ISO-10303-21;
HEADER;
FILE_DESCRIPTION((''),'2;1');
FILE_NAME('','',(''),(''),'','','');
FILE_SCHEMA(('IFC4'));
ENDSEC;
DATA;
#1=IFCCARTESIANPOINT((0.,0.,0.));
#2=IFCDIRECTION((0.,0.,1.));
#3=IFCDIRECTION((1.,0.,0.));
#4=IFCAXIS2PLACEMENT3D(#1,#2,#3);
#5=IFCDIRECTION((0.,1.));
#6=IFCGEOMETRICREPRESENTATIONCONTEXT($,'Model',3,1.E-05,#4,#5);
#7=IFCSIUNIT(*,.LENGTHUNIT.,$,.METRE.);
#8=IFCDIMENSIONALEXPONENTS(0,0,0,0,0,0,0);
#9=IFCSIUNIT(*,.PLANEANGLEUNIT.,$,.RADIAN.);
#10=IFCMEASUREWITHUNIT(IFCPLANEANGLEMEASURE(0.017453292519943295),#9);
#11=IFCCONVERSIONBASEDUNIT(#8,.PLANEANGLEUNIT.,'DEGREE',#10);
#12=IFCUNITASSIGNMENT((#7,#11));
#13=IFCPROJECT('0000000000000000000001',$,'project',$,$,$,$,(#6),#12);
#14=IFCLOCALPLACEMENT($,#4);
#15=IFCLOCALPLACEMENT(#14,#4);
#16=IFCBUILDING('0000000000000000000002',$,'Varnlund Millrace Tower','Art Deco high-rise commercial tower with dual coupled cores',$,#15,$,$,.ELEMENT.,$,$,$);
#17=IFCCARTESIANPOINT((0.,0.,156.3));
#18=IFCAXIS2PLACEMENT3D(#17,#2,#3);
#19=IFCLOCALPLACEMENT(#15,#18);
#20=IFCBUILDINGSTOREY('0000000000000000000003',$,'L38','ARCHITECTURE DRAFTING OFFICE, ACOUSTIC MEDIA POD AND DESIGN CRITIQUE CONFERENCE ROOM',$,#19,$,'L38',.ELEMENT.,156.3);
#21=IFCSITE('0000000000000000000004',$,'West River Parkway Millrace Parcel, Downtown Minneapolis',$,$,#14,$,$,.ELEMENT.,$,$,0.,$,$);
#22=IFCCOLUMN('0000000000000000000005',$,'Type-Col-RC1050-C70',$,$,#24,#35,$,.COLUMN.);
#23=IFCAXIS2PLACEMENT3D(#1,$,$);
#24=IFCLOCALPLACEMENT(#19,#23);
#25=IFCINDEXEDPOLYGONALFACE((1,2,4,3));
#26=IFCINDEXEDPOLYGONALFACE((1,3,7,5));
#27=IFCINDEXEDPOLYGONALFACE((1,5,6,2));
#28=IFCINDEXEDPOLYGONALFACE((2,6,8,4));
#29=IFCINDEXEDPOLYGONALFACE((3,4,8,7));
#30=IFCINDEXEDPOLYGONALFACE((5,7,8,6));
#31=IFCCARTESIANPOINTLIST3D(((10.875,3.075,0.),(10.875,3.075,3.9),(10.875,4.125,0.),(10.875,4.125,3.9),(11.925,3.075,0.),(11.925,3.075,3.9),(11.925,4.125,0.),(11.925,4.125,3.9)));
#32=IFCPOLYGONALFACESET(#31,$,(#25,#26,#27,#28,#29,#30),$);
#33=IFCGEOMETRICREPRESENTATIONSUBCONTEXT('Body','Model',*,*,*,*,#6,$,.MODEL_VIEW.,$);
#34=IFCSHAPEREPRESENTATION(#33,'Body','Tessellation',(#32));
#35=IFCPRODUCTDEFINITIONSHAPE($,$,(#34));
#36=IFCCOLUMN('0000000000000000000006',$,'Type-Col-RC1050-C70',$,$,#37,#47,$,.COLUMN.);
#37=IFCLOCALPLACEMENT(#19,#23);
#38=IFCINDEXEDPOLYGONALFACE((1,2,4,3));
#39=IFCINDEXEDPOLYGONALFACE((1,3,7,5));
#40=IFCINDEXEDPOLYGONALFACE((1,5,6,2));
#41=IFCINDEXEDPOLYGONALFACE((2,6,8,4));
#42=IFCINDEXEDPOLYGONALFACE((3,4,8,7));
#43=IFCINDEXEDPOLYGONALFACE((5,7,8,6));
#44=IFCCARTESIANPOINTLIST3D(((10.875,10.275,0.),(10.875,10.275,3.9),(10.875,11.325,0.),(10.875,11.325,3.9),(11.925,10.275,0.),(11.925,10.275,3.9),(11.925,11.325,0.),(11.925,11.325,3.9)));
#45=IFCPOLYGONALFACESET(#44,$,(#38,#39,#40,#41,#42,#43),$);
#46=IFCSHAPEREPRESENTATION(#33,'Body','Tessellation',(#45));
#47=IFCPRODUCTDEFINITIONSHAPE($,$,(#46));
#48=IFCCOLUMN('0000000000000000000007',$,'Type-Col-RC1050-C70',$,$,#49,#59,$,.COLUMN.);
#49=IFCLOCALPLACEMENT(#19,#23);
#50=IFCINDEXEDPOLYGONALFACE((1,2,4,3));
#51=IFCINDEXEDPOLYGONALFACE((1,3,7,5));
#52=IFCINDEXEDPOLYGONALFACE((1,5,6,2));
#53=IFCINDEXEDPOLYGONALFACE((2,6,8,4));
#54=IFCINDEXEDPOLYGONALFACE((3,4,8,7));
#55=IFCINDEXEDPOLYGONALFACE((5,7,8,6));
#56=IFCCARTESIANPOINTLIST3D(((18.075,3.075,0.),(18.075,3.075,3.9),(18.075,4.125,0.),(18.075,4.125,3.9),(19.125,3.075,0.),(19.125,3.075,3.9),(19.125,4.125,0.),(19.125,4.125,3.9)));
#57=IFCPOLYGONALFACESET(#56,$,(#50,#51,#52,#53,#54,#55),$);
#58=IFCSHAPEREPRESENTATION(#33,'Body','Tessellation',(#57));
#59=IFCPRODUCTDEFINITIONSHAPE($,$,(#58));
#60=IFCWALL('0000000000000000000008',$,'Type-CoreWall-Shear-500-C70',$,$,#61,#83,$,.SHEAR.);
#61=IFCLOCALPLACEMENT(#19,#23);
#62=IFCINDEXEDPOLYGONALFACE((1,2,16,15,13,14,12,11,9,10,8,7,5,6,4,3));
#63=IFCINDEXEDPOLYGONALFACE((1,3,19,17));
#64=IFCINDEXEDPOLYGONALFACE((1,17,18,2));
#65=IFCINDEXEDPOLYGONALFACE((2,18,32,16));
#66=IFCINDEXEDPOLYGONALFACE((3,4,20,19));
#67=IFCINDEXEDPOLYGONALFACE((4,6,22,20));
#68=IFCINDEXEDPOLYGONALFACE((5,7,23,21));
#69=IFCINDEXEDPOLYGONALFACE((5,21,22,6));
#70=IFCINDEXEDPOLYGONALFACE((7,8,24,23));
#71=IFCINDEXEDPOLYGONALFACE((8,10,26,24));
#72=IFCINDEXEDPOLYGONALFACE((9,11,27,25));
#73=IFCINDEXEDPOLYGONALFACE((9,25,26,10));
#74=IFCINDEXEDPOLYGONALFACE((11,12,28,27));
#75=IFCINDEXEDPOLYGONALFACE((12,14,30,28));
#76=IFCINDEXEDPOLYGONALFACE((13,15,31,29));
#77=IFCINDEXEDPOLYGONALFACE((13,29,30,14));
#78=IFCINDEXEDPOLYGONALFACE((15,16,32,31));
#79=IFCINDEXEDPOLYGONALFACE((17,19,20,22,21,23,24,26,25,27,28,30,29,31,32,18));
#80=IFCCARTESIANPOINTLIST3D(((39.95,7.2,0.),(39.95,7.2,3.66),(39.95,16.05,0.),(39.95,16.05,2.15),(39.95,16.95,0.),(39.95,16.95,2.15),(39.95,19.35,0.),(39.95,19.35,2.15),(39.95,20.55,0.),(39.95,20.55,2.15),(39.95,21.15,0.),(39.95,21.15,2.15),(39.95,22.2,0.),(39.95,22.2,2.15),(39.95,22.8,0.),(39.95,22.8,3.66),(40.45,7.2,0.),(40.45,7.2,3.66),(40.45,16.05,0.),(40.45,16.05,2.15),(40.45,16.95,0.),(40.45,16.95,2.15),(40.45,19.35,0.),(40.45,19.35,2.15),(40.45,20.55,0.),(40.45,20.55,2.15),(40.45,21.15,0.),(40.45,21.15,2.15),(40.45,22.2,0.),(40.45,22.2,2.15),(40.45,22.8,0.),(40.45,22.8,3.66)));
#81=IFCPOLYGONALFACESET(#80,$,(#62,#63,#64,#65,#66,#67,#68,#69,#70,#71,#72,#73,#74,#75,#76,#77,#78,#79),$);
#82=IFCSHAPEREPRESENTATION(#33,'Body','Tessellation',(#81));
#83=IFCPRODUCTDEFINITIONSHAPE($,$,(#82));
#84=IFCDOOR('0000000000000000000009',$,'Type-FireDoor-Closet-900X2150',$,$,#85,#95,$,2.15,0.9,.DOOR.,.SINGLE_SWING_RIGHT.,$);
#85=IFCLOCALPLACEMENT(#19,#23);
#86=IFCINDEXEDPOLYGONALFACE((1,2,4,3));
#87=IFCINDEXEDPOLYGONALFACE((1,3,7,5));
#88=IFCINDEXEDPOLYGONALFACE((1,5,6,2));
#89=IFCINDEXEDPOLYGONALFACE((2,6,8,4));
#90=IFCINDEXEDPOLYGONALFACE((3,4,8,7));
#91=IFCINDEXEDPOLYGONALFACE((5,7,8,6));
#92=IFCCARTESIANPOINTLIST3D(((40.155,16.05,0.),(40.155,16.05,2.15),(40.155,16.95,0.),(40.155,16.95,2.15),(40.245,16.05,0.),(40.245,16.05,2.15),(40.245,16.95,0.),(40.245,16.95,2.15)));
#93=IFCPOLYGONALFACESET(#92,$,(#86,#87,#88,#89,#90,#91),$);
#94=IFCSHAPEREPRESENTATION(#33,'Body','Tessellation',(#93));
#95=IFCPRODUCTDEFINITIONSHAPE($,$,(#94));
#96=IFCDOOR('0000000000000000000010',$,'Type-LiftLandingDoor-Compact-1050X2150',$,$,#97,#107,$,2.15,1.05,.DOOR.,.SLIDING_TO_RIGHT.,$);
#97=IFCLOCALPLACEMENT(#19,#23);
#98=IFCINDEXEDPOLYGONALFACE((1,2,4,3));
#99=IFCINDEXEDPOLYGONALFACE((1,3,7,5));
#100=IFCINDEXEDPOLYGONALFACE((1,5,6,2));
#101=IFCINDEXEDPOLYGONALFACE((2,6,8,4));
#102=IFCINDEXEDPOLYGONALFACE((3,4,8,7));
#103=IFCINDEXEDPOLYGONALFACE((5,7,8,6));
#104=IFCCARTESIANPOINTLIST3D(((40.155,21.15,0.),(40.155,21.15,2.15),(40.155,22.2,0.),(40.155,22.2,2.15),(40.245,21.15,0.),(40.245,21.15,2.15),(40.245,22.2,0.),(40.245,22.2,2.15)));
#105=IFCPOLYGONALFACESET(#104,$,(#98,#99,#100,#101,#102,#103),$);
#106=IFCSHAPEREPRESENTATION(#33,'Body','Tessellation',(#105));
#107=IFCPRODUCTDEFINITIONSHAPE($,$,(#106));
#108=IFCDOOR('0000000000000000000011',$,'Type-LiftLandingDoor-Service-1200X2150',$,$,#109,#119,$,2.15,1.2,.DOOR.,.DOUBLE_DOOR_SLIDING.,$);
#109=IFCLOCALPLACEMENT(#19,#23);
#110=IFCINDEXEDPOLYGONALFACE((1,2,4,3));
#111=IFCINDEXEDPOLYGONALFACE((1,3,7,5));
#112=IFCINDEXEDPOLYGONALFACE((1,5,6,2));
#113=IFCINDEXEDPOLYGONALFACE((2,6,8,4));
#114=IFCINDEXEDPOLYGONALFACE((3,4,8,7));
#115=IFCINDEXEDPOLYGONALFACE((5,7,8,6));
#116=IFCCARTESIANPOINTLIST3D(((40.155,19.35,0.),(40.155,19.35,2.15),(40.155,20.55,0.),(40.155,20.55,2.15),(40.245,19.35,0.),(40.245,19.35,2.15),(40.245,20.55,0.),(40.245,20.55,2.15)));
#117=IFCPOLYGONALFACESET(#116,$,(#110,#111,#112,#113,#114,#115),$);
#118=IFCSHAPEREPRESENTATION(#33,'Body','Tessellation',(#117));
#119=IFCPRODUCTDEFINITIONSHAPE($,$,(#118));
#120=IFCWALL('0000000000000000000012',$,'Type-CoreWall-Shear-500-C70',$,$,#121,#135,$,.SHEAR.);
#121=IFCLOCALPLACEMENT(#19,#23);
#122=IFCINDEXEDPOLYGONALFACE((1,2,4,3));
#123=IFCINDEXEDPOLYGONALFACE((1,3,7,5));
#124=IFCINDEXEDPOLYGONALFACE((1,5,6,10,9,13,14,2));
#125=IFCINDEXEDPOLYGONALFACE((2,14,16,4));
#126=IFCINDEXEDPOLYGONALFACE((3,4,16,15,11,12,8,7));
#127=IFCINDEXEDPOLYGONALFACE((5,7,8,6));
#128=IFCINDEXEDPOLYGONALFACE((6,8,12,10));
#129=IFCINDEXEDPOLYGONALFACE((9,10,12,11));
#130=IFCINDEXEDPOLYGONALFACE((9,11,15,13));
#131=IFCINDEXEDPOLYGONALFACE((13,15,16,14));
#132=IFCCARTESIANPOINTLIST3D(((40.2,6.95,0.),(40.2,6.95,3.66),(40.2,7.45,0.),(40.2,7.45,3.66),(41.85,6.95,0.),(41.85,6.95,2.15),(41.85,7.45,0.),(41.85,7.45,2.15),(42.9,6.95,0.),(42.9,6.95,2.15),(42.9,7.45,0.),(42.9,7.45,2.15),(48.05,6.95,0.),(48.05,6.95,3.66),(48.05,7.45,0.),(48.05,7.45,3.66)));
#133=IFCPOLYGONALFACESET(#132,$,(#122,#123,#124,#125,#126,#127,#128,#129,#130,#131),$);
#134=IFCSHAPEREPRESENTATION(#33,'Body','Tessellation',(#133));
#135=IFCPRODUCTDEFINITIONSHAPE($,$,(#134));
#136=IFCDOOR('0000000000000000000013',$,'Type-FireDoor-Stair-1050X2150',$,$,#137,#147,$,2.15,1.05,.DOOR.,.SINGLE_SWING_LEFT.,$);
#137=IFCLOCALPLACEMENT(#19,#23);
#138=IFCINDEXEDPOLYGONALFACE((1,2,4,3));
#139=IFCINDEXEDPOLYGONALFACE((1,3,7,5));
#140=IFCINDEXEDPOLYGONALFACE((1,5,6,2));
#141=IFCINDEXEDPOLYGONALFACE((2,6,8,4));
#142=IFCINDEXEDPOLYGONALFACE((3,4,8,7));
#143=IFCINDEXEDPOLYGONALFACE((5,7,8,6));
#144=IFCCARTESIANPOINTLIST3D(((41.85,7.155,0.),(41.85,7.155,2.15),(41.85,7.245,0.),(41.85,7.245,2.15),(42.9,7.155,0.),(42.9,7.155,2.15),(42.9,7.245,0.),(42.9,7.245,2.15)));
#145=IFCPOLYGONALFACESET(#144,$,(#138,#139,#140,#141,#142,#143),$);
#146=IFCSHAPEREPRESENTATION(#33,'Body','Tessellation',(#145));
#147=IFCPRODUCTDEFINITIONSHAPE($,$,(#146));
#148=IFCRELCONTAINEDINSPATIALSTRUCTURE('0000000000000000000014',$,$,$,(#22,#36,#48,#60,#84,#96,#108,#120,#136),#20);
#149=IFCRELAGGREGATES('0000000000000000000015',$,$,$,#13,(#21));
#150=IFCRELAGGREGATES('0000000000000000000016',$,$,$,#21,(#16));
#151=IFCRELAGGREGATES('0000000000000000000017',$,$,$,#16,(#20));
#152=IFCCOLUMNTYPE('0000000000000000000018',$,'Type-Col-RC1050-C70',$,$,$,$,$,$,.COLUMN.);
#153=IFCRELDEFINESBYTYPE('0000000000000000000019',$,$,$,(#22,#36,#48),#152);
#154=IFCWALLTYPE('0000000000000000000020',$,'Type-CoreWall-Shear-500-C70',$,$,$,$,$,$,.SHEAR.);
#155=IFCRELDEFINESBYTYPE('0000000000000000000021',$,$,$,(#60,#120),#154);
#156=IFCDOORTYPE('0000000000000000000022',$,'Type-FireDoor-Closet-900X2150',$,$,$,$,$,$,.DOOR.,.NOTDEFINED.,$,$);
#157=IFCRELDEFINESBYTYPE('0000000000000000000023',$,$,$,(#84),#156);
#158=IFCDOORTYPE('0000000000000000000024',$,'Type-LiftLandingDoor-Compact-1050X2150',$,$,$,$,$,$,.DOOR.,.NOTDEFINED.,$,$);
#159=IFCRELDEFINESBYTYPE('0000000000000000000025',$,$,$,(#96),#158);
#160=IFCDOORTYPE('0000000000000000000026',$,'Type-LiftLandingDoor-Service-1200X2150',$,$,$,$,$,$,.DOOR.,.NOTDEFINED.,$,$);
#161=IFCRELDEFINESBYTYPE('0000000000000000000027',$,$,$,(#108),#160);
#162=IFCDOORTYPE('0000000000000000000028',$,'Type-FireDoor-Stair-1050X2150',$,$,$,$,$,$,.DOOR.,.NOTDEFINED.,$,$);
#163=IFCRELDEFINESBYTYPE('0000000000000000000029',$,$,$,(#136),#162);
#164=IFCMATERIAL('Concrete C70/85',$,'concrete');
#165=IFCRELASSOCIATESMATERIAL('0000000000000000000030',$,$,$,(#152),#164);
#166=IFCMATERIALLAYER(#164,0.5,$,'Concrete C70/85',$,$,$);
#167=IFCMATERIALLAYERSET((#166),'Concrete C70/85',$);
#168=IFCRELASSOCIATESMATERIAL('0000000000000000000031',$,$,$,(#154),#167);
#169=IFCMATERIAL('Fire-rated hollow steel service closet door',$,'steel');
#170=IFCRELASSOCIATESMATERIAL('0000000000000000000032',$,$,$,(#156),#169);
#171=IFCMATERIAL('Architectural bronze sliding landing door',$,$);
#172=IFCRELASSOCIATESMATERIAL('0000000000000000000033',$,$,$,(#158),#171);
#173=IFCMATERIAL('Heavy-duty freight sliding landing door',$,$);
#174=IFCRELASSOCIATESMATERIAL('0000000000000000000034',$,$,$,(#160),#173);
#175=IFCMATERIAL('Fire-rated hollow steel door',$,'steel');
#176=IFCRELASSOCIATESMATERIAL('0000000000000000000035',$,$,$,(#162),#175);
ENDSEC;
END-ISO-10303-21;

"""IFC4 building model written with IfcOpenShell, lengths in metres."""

from ifc_helpers import new_model, entity, si_unit, converted_unit, direction, frame, origin_with_axes, origin_2d_with_axis, place, context, subcontext, project, spatial, polyline, rectangle, outline, extrude, material, layer, layer_set, material_profile, profile_set, type_object, element, fill, save


model = new_model("IFC4")

# Units and contexts
model_context = context("Model", 3, precision=1e-05, world=origin_with_axes(), true_north=direction((0.0, 1.0)))
body_context = subcontext(model_context, "Body", "Model", "MODEL_VIEW")
ifc_project = project(units=[si_unit("LENGTHUNIT", "METRE"), converted_unit("PLANEANGLEUNIT", "DEGREE", entity("IfcPlaneAngleMeasure", 0.017453292519943295), si_unit("PLANEANGLEUNIT", "RADIAN"), dimensions=[0, 0, 0, 0, 0, 0, 0])], contexts=[model_context])

# Site, building, storey
site_placement = place(None, origin_with_axes())
site = spatial("IfcSite", under=ifc_project, at=site_placement, Name="West River Parkway Millrace Parcel, Downtown Minneapolis", CompositionType="ELEMENT", RefElevation=0.0)
building_placement = place(site_placement, origin_with_axes())
building = spatial("IfcBuilding", under=site, at=building_placement, Name="Varnlund Millrace Tower", Description="Art Deco high-rise commercial tower with dual coupled cores", CompositionType="ELEMENT")
storey_placement = place(building_placement, frame((0.0, 0.0, 156.3), z_axis=(0.0, 0.0, 1.0), x_axis=(1.0, 0.0, 0.0)))
storey = spatial("IfcBuildingStorey", under=building, at=storey_placement, Name="L38", Description="ARCHITECTURE DRAFTING OFFICE, ACOUSTIC MEDIA POD AND DESIGN CRITIQUE CONFERENCE ROOM", LongName="L38", CompositionType="ELEMENT", Elevation=156.3)

# Columns
ifc_material_1 = material(Name="Concrete C70/85", Category="concrete")
ifc_material_profile = material_profile(ifc_material_1, rectangle(XDim=1.05, YDim=1.05, at=origin_2d_with_axis()), Name="Concrete C70/85")
ifc_profile_set = profile_set([ifc_material_profile], Name="Concrete C70/85")
column_type = type_object("IfcColumnType", Name="Type-Col-RC1050-C70", PredefinedType="COLUMN", material=ifc_profile_set)
for number, where, z_axis, x_axis, name in (
    (1, (11.4, 3.6, 0.0), (0.0, 0.0, 1.0), (1.0, 0.0, 0.0), "Type-Col-RC1050-C70"),
    (2, (11.4, 10.8, 0.0), (0.0, 0.0, 1.0), (1.0, 0.0, 0.0), "Type-Col-RC1050-C70"),
    (3, (18.6, 3.6, 0.0), (0.0, 0.0, 1.0), (1.0, 0.0, 0.0), "Type-Col-RC1050-C70"),
):
    element("IfcColumn", number, at=place(storey_placement, frame(where, z_axis=z_axis, x_axis=x_axis)), inside=storey, type_object=column_type, Name=name, PredefinedType="COLUMN", context=body_context, shape_type="SweptSolid", body=[
        extrude(rectangle(XDim=1.05, YDim=1.05, at=origin_2d_with_axis()), origin_with_axes(), (0.0, 0.0, 1.0), 3.9),
    ])

# Wall, openings, doors
ifc_layer_1 = layer(ifc_material_1, 0.5, Name="Concrete C70/85")
ifc_layer_set_1 = layer_set([ifc_layer_1], Name="Concrete C70/85")
wall_type_1 = type_object("IfcWallType", Name="Type-CoreWall-Shear-500-C70", PredefinedType="SHEAR", material=ifc_layer_set_1)
wall_1_placement = place(storey_placement, frame((40.2, 7.2, 0.0), z_axis=(0.0, 0.0, 1.0), x_axis=(0.0, 1.0, 0.0)))
wall_1 = element("IfcWall", 4, at=wall_1_placement, inside=storey, type_object=wall_type_1, Name="Type-CoreWall-Shear-500-C70", PredefinedType="SHEAR", context=body_context, shape_type="SweptSolid", body=[
    extrude(outline(polyline([(0.0, -0.25), (15.6, -0.25), (15.6, 0.25), (0.0, 0.25), (0.0, -0.25)])), origin_with_axes(), (0.0, 0.0, 1.0), 3.66),
])
opening_1_placement = place(wall_1_placement, frame((14.475, 0.0, 0.0), z_axis=(0.0, 0.0, 1.0), x_axis=(1.0, 0.0, 0.0)))
opening_1 = element("IfcOpeningElement", 5, at=opening_1_placement, cuts=wall_1, PredefinedType="OPENING", context=body_context, shape_type="SweptSolid", body=[
    extrude(rectangle(XDim=1.05, YDim=0.52, at=origin_2d_with_axis()), origin_with_axes(), (0.0, 0.0, 1.0), 2.15),
])
opening_2_placement = place(wall_1_placement, frame((12.75, 0.0, 0.0), z_axis=(0.0, 0.0, 1.0), x_axis=(1.0, 0.0, 0.0)))
opening_2 = element("IfcOpeningElement", 6, at=opening_2_placement, cuts=wall_1, PredefinedType="OPENING", context=body_context, shape_type="SweptSolid", body=[
    extrude(rectangle(XDim=1.2, YDim=0.52, at=origin_2d_with_axis()), origin_with_axes(), (0.0, 0.0, 1.0), 2.15),
])
opening_3_placement = place(wall_1_placement, frame((9.3, 0.0, 0.0), z_axis=(0.0, 0.0, 1.0), x_axis=(1.0, 0.0, 0.0)))
opening_3 = element("IfcOpeningElement", 7, at=opening_3_placement, cuts=wall_1, PredefinedType="OPENING", context=body_context, shape_type="SweptSolid", body=[
    extrude(rectangle(XDim=0.9, YDim=0.52, at=origin_2d_with_axis()), origin_with_axes(), (0.0, 0.0, 1.0), 2.15),
])
ifc_material_2 = material(Name="Fire-rated hollow steel service closet door", Category="steel")
door_type_1 = type_object("IfcDoorType", Name="Type-FireDoor-Closet-900X2150", OperationType="NOTDEFINED", PredefinedType="DOOR", material=ifc_material_2)
door_1_placement = place(wall_1_placement, frame((9.3, 0.0, 0.0), z_axis=(0.0, 0.0, 1.0), x_axis=(1.0, 0.0, 0.0)))
door_1 = element("IfcDoor", 8, at=door_1_placement, inside=storey, type_object=door_type_1, Name="Type-FireDoor-Closet-900X2150", OperationType="SINGLE_SWING_RIGHT", OverallHeight=2.15, OverallWidth=0.9, PredefinedType="DOOR", context=body_context, shape_type="SweptSolid", body=[
    extrude(rectangle(XDim=0.9, YDim=0.09, at=origin_2d_with_axis()), origin_with_axes(), (0.0, 0.0, 1.0), 2.15),
])
fill(opening_3, door_1)
ifc_material_3 = material(Name="Architectural bronze sliding landing door")
door_type_2 = type_object("IfcDoorType", Name="Type-LiftLandingDoor-Compact-1050X2150", OperationType="NOTDEFINED", PredefinedType="DOOR", material=ifc_material_3)
door_2_placement = place(wall_1_placement, frame((14.475, 0.0, 0.0), z_axis=(0.0, 0.0, 1.0), x_axis=(1.0, 0.0, 0.0)))
door_2 = element("IfcDoor", 9, at=door_2_placement, inside=storey, type_object=door_type_2, Name="Type-LiftLandingDoor-Compact-1050X2150", OperationType="SLIDING_TO_RIGHT", OverallHeight=2.15, OverallWidth=1.05, PredefinedType="DOOR", context=body_context, shape_type="SweptSolid", body=[
    extrude(rectangle(XDim=1.05, YDim=0.09, at=origin_2d_with_axis()), origin_with_axes(), (0.0, 0.0, 1.0), 2.15),
])
fill(opening_1, door_2)
ifc_material_4 = material(Name="Heavy-duty freight sliding landing door")
door_type_3 = type_object("IfcDoorType", Name="Type-LiftLandingDoor-Service-1200X2150", OperationType="NOTDEFINED", PredefinedType="DOOR", material=ifc_material_4)
door_3_placement = place(wall_1_placement, frame((12.75, 0.0, 0.0), z_axis=(0.0, 0.0, 1.0), x_axis=(1.0, 0.0, 0.0)))
door_3 = element("IfcDoor", 10, at=door_3_placement, inside=storey, type_object=door_type_3, Name="Type-LiftLandingDoor-Service-1200X2150", OperationType="DOUBLE_DOOR_SLIDING", OverallHeight=2.15, OverallWidth=1.2, PredefinedType="DOOR", context=body_context, shape_type="SweptSolid", body=[
    extrude(rectangle(XDim=1.2, YDim=0.09, at=origin_2d_with_axis()), origin_with_axes(), (0.0, 0.0, 1.0), 2.15),
])
fill(opening_2, door_3)

# Wall, opening, door
wall_2_placement = place(storey_placement, frame((40.2, 7.2, 0.0), z_axis=(0.0, 0.0, 1.0), x_axis=(1.0, 0.0, 0.0)))
wall_2 = element("IfcWall", 11, at=wall_2_placement, inside=storey, type_object=wall_type_1, Name="Type-CoreWall-Shear-500-C70", PredefinedType="SHEAR", context=body_context, shape_type="SweptSolid", body=[
    extrude(outline(polyline([(0.0, -0.25), (7.85, -0.25), (7.85, 0.25), (0.0, 0.25), (0.0, -0.25)])), origin_with_axes(), (0.0, 0.0, 1.0), 3.66),
])
opening_4_placement = place(wall_2_placement, frame((2.175, 0.0, 0.0), z_axis=(0.0, 0.0, 1.0), x_axis=(1.0, 0.0, 0.0)))
opening_4 = element("IfcOpeningElement", 12, at=opening_4_placement, cuts=wall_2, PredefinedType="OPENING", context=body_context, shape_type="SweptSolid", body=[
    extrude(rectangle(XDim=1.05, YDim=0.52, at=origin_2d_with_axis()), origin_with_axes(), (0.0, 0.0, 1.0), 2.15),
])
ifc_material_5 = material(Name="Fire-rated hollow steel door", Category="steel")
door_type_4 = type_object("IfcDoorType", Name="Type-FireDoor-Stair-1050X2150", OperationType="NOTDEFINED", PredefinedType="DOOR", material=ifc_material_5)
door_4_placement = place(wall_2_placement, frame((2.175, 0.0, 0.0), z_axis=(0.0, 0.0, 1.0), x_axis=(1.0, 0.0, 0.0)))
door_4 = element("IfcDoor", 13, at=door_4_placement, inside=storey, type_object=door_type_4, Name="Type-FireDoor-Stair-1050X2150", OperationType="SINGLE_SWING_LEFT", OverallHeight=2.15, OverallWidth=1.05, PredefinedType="DOOR", context=body_context, shape_type="SweptSolid", body=[
    extrude(rectangle(XDim=1.05, YDim=0.09, at=origin_2d_with_axis()), origin_with_axes(), (0.0, 0.0, 1.0), 2.15),
])
fill(opening_4, door_4)

save(model, "model.ifc")
